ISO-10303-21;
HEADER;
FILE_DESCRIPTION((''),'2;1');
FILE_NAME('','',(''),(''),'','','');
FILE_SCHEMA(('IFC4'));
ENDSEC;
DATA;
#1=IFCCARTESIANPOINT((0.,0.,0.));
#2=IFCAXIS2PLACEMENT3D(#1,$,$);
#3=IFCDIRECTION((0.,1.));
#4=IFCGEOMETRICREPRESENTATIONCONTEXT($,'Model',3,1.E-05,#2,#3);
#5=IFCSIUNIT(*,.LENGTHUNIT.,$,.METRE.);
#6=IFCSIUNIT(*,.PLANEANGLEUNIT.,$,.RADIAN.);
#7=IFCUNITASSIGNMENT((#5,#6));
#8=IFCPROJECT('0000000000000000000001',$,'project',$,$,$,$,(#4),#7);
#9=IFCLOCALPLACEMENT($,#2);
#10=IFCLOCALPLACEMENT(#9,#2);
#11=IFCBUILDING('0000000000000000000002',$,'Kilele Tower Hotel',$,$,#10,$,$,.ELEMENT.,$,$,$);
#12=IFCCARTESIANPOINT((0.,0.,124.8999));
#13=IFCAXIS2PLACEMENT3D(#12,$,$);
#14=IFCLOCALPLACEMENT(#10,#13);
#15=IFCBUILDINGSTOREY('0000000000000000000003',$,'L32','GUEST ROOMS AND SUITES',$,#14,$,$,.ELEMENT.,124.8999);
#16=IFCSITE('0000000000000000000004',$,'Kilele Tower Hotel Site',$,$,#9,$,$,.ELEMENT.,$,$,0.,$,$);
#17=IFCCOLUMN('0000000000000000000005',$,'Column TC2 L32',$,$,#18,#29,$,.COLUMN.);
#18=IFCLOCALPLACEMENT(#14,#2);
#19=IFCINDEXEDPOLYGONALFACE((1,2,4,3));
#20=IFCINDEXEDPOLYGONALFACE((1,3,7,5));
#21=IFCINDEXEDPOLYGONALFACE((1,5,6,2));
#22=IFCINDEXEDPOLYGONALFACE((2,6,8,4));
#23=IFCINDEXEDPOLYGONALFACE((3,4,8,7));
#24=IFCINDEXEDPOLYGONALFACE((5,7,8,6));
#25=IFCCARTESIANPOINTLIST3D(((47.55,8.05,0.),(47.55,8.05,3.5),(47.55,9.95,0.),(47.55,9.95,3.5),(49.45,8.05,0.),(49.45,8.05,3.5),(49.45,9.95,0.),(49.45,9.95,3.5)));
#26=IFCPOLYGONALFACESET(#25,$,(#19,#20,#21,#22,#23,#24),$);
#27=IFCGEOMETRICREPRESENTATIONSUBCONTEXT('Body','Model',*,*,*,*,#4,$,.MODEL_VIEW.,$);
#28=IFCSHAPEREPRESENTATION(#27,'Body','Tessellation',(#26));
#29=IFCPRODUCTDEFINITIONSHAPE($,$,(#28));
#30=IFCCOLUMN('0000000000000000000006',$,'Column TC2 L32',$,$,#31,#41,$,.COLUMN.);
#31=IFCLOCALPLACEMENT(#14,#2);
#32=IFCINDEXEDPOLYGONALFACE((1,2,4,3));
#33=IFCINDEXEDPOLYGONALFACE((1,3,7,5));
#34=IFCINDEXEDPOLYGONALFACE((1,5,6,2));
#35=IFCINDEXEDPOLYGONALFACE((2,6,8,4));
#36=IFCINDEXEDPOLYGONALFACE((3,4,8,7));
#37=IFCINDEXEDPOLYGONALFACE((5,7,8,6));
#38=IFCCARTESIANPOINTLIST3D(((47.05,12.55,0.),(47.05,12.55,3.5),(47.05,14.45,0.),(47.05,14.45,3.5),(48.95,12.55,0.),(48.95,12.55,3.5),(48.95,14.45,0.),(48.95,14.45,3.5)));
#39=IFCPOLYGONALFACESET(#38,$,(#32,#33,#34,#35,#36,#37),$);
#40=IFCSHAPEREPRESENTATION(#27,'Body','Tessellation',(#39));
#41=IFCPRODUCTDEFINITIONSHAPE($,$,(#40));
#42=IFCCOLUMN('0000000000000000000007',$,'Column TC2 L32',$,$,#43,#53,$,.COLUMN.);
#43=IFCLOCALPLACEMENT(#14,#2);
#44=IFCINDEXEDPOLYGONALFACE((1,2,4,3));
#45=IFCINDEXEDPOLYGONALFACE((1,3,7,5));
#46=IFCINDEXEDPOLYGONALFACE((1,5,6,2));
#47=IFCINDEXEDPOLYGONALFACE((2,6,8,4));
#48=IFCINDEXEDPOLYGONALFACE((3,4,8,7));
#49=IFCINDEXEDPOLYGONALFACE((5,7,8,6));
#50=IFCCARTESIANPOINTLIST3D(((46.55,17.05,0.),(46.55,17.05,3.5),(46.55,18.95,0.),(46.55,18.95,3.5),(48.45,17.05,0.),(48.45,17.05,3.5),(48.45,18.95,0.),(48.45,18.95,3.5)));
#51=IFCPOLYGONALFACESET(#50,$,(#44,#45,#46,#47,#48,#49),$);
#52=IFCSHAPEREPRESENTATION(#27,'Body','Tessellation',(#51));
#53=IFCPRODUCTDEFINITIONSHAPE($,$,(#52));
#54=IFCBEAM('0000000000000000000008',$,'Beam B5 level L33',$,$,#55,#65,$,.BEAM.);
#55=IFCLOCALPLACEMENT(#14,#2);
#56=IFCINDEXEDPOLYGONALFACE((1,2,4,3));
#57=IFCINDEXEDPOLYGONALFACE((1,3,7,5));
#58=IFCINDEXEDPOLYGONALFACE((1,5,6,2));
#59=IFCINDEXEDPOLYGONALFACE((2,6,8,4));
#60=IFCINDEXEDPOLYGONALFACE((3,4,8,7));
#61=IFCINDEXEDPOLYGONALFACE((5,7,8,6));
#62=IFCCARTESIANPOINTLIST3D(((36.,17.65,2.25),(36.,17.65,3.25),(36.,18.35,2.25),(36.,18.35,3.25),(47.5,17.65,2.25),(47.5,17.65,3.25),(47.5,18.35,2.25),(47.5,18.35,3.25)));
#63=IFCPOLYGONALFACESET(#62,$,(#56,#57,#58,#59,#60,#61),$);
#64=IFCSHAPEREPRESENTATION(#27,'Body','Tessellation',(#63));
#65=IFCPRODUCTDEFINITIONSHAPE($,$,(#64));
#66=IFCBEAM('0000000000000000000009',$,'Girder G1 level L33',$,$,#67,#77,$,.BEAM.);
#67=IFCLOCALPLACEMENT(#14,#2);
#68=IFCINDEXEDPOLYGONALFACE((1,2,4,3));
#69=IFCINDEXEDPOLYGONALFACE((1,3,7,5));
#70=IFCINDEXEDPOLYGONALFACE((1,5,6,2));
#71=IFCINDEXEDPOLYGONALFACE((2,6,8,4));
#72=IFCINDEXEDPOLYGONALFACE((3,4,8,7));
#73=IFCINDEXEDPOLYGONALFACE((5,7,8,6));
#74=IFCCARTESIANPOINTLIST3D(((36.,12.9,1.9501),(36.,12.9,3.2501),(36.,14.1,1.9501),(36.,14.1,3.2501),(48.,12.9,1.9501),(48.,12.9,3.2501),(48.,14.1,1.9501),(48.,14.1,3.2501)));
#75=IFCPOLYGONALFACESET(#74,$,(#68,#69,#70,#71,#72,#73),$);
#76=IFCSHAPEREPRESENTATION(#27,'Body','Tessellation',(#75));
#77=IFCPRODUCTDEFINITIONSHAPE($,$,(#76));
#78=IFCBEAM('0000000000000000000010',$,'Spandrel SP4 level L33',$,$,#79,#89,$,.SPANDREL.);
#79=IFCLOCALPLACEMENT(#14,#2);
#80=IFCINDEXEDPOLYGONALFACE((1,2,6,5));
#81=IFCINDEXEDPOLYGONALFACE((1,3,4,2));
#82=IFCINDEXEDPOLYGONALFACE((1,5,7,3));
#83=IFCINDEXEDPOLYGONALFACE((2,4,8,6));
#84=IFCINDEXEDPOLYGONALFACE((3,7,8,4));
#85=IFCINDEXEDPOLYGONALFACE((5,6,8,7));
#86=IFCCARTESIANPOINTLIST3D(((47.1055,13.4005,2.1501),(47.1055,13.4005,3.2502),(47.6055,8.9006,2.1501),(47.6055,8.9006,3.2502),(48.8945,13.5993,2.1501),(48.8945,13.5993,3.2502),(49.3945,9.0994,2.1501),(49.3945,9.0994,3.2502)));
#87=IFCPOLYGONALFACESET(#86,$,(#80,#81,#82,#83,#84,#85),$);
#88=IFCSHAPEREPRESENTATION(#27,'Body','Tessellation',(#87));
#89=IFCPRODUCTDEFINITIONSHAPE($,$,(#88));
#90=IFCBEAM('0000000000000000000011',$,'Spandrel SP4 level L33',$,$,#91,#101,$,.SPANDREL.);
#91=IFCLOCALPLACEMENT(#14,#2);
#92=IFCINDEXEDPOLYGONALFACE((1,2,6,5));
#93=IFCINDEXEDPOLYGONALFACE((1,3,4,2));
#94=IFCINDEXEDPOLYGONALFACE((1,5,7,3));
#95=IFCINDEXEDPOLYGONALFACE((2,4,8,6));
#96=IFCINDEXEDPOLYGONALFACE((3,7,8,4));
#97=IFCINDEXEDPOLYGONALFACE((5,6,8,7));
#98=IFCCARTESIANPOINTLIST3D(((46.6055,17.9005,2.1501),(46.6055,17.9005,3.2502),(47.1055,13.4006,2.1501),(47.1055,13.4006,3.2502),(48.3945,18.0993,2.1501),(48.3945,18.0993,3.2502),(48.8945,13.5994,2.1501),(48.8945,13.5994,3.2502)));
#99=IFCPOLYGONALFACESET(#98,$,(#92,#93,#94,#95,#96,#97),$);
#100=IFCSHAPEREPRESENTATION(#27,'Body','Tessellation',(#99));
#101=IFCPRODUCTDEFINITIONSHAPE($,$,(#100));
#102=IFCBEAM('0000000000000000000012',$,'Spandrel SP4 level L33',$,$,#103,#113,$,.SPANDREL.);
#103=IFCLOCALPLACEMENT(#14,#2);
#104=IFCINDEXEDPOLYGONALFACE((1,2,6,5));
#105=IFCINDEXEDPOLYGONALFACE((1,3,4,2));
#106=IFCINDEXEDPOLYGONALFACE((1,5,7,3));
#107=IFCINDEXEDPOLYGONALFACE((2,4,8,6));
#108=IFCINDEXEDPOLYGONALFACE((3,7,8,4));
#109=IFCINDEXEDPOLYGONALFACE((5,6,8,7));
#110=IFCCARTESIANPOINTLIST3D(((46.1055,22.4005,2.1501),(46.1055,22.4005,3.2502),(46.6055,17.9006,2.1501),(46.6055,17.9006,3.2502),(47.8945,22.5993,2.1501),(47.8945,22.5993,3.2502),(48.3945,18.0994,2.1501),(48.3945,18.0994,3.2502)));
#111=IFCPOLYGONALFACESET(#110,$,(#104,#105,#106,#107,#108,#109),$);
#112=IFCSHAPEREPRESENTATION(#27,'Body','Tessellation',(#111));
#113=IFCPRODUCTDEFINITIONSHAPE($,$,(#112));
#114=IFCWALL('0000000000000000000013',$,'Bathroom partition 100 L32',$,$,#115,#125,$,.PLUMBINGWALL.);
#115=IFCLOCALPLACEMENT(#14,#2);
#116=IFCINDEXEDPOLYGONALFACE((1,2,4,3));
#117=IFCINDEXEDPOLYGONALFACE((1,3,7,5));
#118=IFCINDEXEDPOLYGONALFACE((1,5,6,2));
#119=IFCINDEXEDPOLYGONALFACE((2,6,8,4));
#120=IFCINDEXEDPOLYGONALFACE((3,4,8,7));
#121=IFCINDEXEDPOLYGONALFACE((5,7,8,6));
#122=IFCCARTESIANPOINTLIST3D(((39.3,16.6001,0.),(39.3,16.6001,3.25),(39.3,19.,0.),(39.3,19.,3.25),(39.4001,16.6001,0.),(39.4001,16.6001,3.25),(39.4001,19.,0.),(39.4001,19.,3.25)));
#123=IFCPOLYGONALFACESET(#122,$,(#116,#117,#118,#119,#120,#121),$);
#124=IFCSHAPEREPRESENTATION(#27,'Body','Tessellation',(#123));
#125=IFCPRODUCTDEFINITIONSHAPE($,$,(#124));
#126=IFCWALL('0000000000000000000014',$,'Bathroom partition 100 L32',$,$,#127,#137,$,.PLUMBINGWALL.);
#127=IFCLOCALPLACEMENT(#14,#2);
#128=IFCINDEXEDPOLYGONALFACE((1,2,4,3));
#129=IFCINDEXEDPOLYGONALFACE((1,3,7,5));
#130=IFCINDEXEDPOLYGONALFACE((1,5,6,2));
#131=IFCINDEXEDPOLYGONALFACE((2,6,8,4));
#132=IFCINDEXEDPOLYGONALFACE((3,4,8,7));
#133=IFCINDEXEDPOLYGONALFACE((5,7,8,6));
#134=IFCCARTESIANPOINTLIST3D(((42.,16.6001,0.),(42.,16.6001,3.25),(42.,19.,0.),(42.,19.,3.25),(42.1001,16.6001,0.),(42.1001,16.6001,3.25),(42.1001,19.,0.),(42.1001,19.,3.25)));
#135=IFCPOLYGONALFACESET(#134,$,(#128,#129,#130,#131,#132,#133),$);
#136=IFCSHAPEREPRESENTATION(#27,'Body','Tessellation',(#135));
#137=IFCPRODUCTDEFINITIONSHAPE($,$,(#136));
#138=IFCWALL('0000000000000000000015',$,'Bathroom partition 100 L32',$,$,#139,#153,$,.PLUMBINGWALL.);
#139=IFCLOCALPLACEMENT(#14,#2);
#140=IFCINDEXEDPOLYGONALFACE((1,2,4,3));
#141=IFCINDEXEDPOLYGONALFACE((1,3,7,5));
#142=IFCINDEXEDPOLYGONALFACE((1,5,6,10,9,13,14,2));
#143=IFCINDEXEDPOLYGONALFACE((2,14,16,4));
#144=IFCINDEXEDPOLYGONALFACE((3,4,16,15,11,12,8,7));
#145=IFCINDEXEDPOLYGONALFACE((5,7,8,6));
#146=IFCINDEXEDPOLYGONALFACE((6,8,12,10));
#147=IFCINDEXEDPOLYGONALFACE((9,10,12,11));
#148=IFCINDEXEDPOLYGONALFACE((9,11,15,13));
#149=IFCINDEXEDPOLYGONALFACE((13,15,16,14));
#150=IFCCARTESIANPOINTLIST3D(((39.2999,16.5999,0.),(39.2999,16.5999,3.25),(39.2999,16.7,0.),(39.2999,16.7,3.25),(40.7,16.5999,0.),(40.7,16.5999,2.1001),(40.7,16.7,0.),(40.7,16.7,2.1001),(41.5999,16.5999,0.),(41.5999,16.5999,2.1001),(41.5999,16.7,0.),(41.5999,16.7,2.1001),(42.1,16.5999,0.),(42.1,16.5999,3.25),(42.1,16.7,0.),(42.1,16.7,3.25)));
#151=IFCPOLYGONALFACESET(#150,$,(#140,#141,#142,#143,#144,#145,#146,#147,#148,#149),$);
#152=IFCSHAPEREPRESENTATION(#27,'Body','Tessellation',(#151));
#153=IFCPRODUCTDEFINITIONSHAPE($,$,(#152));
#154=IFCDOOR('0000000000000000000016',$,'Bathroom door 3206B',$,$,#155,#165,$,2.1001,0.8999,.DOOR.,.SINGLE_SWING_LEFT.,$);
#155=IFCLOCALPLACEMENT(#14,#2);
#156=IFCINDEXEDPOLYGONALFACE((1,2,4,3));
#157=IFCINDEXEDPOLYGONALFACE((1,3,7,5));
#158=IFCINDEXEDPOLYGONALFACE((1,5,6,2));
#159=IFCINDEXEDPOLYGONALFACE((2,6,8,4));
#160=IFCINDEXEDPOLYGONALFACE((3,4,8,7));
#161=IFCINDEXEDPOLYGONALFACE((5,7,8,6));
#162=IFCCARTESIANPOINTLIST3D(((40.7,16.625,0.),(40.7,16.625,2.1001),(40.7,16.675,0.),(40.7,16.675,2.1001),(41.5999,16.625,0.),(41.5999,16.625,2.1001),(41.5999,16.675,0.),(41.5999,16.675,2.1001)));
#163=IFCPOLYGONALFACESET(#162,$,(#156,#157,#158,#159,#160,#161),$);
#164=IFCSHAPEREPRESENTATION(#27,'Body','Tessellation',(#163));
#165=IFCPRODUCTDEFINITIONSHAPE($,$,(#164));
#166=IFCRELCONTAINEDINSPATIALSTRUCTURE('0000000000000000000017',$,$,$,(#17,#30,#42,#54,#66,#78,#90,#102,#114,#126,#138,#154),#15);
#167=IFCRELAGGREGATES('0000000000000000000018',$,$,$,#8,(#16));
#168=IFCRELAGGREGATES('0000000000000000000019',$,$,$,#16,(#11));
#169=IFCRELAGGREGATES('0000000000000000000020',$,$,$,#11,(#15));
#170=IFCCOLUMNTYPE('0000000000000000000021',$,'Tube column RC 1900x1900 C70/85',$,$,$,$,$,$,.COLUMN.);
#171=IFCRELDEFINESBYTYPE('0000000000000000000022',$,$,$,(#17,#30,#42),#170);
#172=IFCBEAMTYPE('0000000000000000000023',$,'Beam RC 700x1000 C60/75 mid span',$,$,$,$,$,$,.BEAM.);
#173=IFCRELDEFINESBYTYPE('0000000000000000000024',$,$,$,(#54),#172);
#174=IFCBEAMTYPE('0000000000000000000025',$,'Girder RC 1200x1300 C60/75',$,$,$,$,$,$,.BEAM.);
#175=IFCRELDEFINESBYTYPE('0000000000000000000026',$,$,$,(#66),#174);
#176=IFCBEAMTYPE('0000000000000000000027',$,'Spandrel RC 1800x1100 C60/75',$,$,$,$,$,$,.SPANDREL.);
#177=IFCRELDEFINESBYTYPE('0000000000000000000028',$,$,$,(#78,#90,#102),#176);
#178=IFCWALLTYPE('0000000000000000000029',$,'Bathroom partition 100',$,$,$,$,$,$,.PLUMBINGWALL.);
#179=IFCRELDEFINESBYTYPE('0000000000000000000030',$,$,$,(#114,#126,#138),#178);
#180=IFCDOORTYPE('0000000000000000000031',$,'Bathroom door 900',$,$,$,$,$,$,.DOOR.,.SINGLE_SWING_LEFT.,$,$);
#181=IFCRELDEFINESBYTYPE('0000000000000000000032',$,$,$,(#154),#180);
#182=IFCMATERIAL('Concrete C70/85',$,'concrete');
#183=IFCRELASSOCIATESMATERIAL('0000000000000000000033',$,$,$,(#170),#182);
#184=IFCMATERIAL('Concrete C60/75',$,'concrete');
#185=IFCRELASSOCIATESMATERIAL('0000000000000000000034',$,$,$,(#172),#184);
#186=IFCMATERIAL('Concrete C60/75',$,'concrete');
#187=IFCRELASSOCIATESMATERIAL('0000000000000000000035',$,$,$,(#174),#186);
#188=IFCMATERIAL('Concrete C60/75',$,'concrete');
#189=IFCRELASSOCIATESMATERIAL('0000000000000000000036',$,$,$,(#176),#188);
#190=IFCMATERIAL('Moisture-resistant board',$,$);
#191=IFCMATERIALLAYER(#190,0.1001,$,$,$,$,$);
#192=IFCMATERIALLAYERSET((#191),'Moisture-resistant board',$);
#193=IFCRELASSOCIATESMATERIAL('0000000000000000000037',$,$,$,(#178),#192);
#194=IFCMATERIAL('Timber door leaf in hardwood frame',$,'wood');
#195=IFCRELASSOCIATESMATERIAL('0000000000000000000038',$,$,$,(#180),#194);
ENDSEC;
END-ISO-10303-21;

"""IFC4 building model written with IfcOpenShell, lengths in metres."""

from ifc_helpers import new_model, si_unit, direction, frame, frame_2d, origin, origin_2d, place, context, subcontext, project, spatial, rectangle, extrude, material, layer, layer_set, material_profile, profile_set, type_object, element, fill, save


model = new_model("IFC4")

# Units and contexts
model_context = context("Model", 3, precision=1e-05, world=origin(), true_north=direction((0.0, 1.0)))
body_context = subcontext(model_context, "Body", "Model", "MODEL_VIEW")
ifc_project = project(units=[si_unit("LENGTHUNIT", "METRE"), si_unit("PLANEANGLEUNIT", "RADIAN")], contexts=[model_context])

# Site, building, storey
site_placement = place(None, origin())
site = spatial("IfcSite", under=ifc_project, at=site_placement, Name="Kilele Tower Hotel Site", CompositionType="ELEMENT", RefElevation=0.0)
building_placement = place(site_placement, origin())
building = spatial("IfcBuilding", under=site, at=building_placement, Name="Kilele Tower Hotel", CompositionType="ELEMENT")
storey_placement = place(building_placement, frame((0.0, 0.0, 124.8999)))
storey = spatial("IfcBuildingStorey", under=building, at=storey_placement, Name="L32", Description="GUEST ROOMS AND SUITES", CompositionType="ELEMENT", Elevation=124.8999)

# Columns
ifc_material_1 = material(Name="Concrete C70/85", Category="concrete")
ifc_material_profile_1 = material_profile(ifc_material_1, rectangle(XDim=1.8999, YDim=1.8999, at=origin_2d()))
ifc_profile_set_1 = profile_set([ifc_material_profile_1], Name="Concrete C70/85")
column_type = type_object("IfcColumnType", Name="Tube column RC 1900x1900 C70/85", PredefinedType="COLUMN", material=ifc_profile_set_1)
for number, where, z_axis, x_axis, name in (
    (1, (48.5, 9.0, 0.0), (0.0, 0.0, 1.0), (1.0, 0.0, 0.0), "Column TC2 L32"),
    (2, (48.0, 13.5, 0.0), (0.0, 0.0, 1.0), (1.0, 0.0, 0.0), "Column TC2 L32"),
    (3, (47.5, 18.0, 0.0), (0.0, 0.0, 1.0), (1.0, 0.0, 0.0), "Column TC2 L32"),
):
    element("IfcColumn", number, at=place(storey_placement, frame(where, z_axis=z_axis, x_axis=x_axis)), inside=storey, type_object=column_type, Name=name, PredefinedType="COLUMN", context=body_context, shape_type="SweptSolid", body=[
        extrude(rectangle(XDim=1.8999, YDim=1.8999, at=origin_2d()), origin(), (0.0, 0.0, 1.0), 3.5),
    ])

# Beams
ifc_material_2 = material(Name="Concrete C60/75", Category="concrete")
ifc_material_profile_2 = material_profile(ifc_material_2, rectangle(XDim=0.7, YDim=1.0, at=origin_2d()))
ifc_profile_set_2 = profile_set([ifc_material_profile_2], Name="Concrete C60/75")
beam_type_1 = type_object("IfcBeamType", Name="Beam RC 700x1000 C60/75 mid span", PredefinedType="BEAM", material=ifc_profile_set_2)
beam_1_placement = place(storey_placement, frame((47.5, 18.0, 2.75), z_axis=(-1.0, 0.0, 0.0), x_axis=(0.0, -1.0, 0.0)))
element("IfcBeam", 4, at=beam_1_placement, inside=storey, type_object=beam_type_1, Name="Beam B5 level L33", PredefinedType="BEAM", context=body_context, shape_type="SweptSolid", body=[
    extrude(rectangle(XDim=0.7, YDim=1.0, at=origin_2d()), origin(), (0.0, 0.0, 1.0), 11.5),
])
ifc_material_3 = material(Name="Concrete C60/75", Category="concrete")
ifc_material_profile_3 = material_profile(ifc_material_3, rectangle(XDim=1.2, YDim=1.3, at=origin_2d()))
ifc_profile_set_3 = profile_set([ifc_material_profile_3], Name="Concrete C60/75")
beam_type_2 = type_object("IfcBeamType", Name="Girder RC 1200x1300 C60/75", PredefinedType="BEAM", material=ifc_profile_set_3)
beam_2_placement = place(storey_placement, frame((48.0, 13.5, 2.6001), z_axis=(-1.0, 0.0, 0.0), x_axis=(0.0, -1.0, 0.0)))
element("IfcBeam", 5, at=beam_2_placement, inside=storey, type_object=beam_type_2, Name="Girder G1 level L33", PredefinedType="BEAM", context=body_context, shape_type="SweptSolid", body=[
    extrude(rectangle(XDim=1.2, YDim=1.3, at=origin_2d()), origin(), (0.0, 0.0, 1.0), 12.0),
])
ifc_material_4 = material(Name="Concrete C60/75", Category="concrete")
ifc_material_profile_4 = material_profile(ifc_material_4, rectangle(XDim=1.8, YDim=1.1001, at=origin_2d()))
ifc_profile_set_4 = profile_set([ifc_material_profile_4], Name="Concrete C60/75")
beam_type_3 = type_object("IfcBeamType", Name="Spandrel RC 1800x1100 C60/75", PredefinedType="SPANDREL", material=ifc_profile_set_4)
for number, where, z_axis, x_axis, name in (
    (6, (48.5, 9.0, 2.7002), (-0.110432, 0.993884, 0.0), (-0.993884, -0.110432, 0.0), "Spandrel SP4 level L33"),
    (7, (48.0, 13.5, 2.7002), (-0.110432, 0.993884, 0.0), (-0.993884, -0.110432, 0.0), "Spandrel SP4 level L33"),
    (8, (47.5, 18.0, 2.7002), (-0.110432, 0.993884, 0.0), (-0.993884, -0.110432, 0.0), "Spandrel SP4 level L33"),
):
    element("IfcBeam", number, at=place(storey_placement, frame(where, z_axis=z_axis, x_axis=x_axis)), inside=storey, type_object=beam_type_3, Name=name, PredefinedType="SPANDREL", context=body_context, shape_type="SweptSolid", body=[
        extrude(rectangle(XDim=1.8, YDim=1.1001, at=origin_2d()), origin(), (0.0, 0.0, 1.0), 4.5276),
    ])

# Walls
ifc_material_5 = material(Name="Moisture-resistant board")
ifc_layer_1 = layer(ifc_material_5, 0.1001)
ifc_layer_set_1 = layer_set([ifc_layer_1], Name="Moisture-resistant board")
wall_type_1 = type_object("IfcWallType", Name="Bathroom partition 100", PredefinedType="PLUMBINGWALL", material=ifc_layer_set_1)
for number, where, z_axis, x_axis, name in (
    (9, (39.3501, 16.6001, 0.0), (0.0, 0.0, 1.0), (0.0, 1.0, 0.0), "Bathroom partition 100 L32"),
    (10, (42.05, 16.6001, 0.0), (0.0, 0.0, 1.0), (0.0, 1.0, 0.0), "Bathroom partition 100 L32"),
):
    element("IfcWall", number, at=place(storey_placement, frame(where, z_axis=z_axis, x_axis=x_axis)), inside=storey, type_object=wall_type_1, Name=name, PredefinedType="PLUMBINGWALL", context=body_context, shape_type="SweptSolid", body=[
        extrude(rectangle(XDim=2.3999, YDim=0.1001, at=frame_2d((1.2, 0.0))), origin(), (0.0, 0.0, 1.0), 3.25),
    ])

# Wall, opening, door
wall_1_placement = place(storey_placement, frame((39.3, 16.6499, 0.0), z_axis=(0.0, 0.0, 1.0), x_axis=(1.0, 0.0, 0.0)))
wall_1 = element("IfcWall", 11, at=wall_1_placement, inside=storey, type_object=wall_type_1, Name="Bathroom partition 100 L32", PredefinedType="PLUMBINGWALL", context=body_context, shape_type="SweptSolid", body=[
    extrude(rectangle(XDim=2.8, YDim=0.1001, at=frame_2d((1.3999, 0.0))), origin(), (0.0, 0.0, 1.0), 3.25),
])
opening_1_placement = place(wall_1_placement, frame((2.2998, 0.0, 0.0), z_axis=(0.0, 0.0, 1.0), x_axis=(-1.0, 0.0, 0.0)))
opening_1 = element("IfcOpeningElement", 12, at=opening_1_placement, cuts=wall_1, PredefinedType="OPENING", context=body_context, shape_type="SweptSolid", body=[
    extrude(rectangle(XDim=0.8999, YDim=2.1001, at=frame_2d((0.45, 1.05))), frame((0.0, 0.0601, 0.0), z_axis=(0.0, -1.0, 0.0), x_axis=(1.0, 0.0, 0.0)), (0.0, 0.0, 1.0), 0.1201),
])
ifc_material_6 = material(Name="Timber door leaf in hardwood frame", Category="wood")
door_type_1 = type_object("IfcDoorType", Name="Bathroom door 900", OperationType="SINGLE_SWING_LEFT", PredefinedType="DOOR", material=ifc_material_6)
door_1_placement = place(opening_1_placement, origin())
door_1 = element("IfcDoor", 13, at=door_1_placement, inside=storey, type_object=door_type_1, Name="Bathroom door 3206B", OperationType="SINGLE_SWING_LEFT", OverallHeight=2.1001, OverallWidth=0.8999, PredefinedType="DOOR", context=body_context, shape_type="SweptSolid", body=[
    extrude(rectangle(XDim=0.8999, YDim=2.1001, at=frame_2d((0.45, 1.05))), frame((0.0, 0.0249, 0.0), z_axis=(0.0, -1.0, 0.0), x_axis=(1.0, 0.0, 0.0)), (0.0, 0.0, 1.0), 0.05),
])
fill(opening_1, door_1)

save(model, "model.ifc")
